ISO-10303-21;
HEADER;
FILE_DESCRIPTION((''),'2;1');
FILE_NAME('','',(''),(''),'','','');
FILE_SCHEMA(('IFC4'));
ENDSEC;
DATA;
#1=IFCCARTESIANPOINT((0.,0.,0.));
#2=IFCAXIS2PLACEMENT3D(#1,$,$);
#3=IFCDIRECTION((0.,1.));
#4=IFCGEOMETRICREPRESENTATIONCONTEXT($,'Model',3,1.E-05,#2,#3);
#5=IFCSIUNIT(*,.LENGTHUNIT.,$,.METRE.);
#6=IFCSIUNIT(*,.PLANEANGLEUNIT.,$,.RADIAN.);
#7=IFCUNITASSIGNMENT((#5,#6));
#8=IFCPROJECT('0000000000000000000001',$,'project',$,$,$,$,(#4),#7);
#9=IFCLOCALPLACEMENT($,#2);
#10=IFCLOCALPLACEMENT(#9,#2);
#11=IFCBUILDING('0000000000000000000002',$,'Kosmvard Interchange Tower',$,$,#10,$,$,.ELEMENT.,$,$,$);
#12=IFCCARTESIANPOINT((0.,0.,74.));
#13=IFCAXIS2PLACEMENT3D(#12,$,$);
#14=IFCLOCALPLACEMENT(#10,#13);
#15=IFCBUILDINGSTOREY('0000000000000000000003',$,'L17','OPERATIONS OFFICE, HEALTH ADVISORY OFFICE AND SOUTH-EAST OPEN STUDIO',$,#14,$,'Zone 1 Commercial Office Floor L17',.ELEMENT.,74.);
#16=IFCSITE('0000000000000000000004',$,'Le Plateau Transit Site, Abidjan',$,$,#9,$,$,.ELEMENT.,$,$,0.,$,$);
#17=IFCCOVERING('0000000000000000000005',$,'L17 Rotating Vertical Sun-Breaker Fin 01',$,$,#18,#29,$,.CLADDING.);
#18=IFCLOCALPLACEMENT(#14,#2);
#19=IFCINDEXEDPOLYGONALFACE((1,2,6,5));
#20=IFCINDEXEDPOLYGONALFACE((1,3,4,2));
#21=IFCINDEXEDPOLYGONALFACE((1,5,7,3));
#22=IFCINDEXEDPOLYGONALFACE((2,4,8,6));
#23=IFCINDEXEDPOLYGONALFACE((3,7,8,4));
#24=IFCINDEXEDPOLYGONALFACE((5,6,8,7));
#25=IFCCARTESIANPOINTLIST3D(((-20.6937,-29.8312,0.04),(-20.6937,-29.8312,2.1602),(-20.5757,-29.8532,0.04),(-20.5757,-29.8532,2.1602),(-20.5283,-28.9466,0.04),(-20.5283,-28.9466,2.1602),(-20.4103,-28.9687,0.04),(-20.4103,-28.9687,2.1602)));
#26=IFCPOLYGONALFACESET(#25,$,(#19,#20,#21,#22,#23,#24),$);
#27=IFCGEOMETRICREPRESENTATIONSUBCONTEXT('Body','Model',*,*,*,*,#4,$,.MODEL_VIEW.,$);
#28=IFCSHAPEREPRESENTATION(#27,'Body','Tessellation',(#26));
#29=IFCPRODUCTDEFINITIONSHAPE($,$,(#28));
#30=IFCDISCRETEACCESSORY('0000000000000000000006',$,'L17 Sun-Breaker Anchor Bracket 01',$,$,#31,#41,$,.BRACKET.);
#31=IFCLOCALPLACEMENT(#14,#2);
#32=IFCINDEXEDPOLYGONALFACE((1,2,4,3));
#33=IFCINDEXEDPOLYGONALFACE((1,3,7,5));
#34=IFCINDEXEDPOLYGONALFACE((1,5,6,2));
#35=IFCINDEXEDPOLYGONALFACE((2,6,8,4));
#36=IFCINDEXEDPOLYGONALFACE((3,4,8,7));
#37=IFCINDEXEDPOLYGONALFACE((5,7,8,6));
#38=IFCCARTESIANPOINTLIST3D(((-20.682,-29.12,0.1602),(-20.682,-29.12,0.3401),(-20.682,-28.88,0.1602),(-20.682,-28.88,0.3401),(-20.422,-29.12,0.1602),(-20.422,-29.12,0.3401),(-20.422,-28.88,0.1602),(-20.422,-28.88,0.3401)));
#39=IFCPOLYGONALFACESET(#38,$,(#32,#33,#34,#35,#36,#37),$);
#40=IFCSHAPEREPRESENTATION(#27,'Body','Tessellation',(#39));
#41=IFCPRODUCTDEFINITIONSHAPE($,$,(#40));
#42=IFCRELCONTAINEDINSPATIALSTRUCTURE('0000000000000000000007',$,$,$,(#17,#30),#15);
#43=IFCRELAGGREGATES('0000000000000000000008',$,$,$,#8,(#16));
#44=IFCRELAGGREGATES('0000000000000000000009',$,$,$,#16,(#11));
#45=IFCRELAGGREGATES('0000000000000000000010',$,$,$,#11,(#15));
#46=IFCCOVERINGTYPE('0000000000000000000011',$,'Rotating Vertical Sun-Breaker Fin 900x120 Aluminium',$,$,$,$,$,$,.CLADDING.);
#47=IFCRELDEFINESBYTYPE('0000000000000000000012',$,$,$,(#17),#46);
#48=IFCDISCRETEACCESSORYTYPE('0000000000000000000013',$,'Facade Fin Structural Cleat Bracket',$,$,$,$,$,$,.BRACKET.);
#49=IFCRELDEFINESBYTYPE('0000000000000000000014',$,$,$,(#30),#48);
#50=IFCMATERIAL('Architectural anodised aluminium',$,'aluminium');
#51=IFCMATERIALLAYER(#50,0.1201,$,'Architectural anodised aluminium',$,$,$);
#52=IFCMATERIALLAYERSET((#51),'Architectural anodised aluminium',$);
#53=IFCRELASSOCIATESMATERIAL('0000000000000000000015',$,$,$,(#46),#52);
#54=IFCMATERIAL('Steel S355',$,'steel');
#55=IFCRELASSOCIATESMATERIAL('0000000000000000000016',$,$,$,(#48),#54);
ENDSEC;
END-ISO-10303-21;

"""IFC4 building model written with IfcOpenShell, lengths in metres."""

from ifc_helpers import new_model, si_unit, direction, frame, origin, origin_2d, place, context, subcontext, project, spatial, rectangle, extrude, source, transform, mapped, material, layer, layer_set, type_object, element, save


model = new_model("IFC4")

# Units and contexts
model_context = context("Model", 3, precision=1e-05, world=origin(), true_north=direction((0.0, 1.0)))
body_context = subcontext(model_context, "Body", "Model", "MODEL_VIEW")
ifc_project = project(units=[si_unit("LENGTHUNIT", "METRE"), si_unit("PLANEANGLEUNIT", "RADIAN")], contexts=[model_context])

# Site, building, storey
site_placement = place(None, origin())
site = spatial("IfcSite", under=ifc_project, at=site_placement, Name="Le Plateau Transit Site, Abidjan", CompositionType="ELEMENT", RefElevation=0.0)
building_placement = place(site_placement, origin())
building = spatial("IfcBuilding", under=site, at=building_placement, Name="Kosmvard Interchange Tower", CompositionType="ELEMENT")
storey_placement = place(building_placement, frame((0.0, 0.0, 74.0)))
storey = spatial("IfcBuildingStorey", under=building, at=storey_placement, Name="L17", Description="OPERATIONS OFFICE, HEALTH ADVISORY OFFICE AND SOUTH-EAST OPEN STUDIO", LongName="Zone 1 Commercial Office Floor L17", CompositionType="ELEMENT", Elevation=74.0)

# Shared definitions
ifc_material_1 = material(Name="Steel S355", Category="steel")

# Covering
ifc_material_2 = material(Name="Architectural anodised aluminium", Category="aluminium")
ifc_layer_1 = layer(ifc_material_2, 0.1201, Name="Architectural anodised aluminium")
ifc_layer_set_1 = layer_set([ifc_layer_1], Name="Architectural anodised aluminium")
covering_type = type_object("IfcCoveringType", Name="Rotating Vertical Sun-Breaker Fin 900x120 Aluminium", PredefinedType="CLADDING", material=ifc_layer_set_1)
shared_shape_1 = source(origin(), body_context, "Body", "SweptSolid", [
    extrude(rectangle(XDim=0.8999, YDim=0.1201, at=origin_2d()), origin(), (0.0, 0.0, 1.0), 2.1201),
])
covering_placement = place(storey_placement, frame((-20.552, -29.3999, 0.04), z_axis=(0.0, 0.0, 1.0), x_axis=(-0.18378, -0.982967, 0.0)))
element("IfcCovering", 1, at=covering_placement, inside=storey, type_object=covering_type, Name="L17 Rotating Vertical Sun-Breaker Fin 01", PredefinedType="CLADDING", context=body_context, shape_type="MappedRepresentation", body=[
    mapped(shared_shape_1, transform((0.0, 0.0, 0.0), scale=1.0)),
])

# Discrete accessory
discrete_accessory_type = type_object("IfcDiscreteAccessoryType", Name="Facade Fin Structural Cleat Bracket", PredefinedType="BRACKET", material=ifc_material_1)
shared_shape_2 = source(origin(), body_context, "Body", "SweptSolid", [
    extrude(rectangle(XDim=0.24, YDim=0.26, at=origin_2d()), origin(), (0.0, 0.0, 1.0), 0.1799),
])
discrete_accessory_placement = place(storey_placement, frame((-20.552, -29.0, 0.1602), z_axis=(0.0, 0.0, 1.0), x_axis=(0.0, -1.0, 0.0)))
element("IfcDiscreteAccessory", 2, at=discrete_accessory_placement, inside=storey, type_object=discrete_accessory_type, Name="L17 Sun-Breaker Anchor Bracket 01", PredefinedType="BRACKET", context=body_context, shape_type="MappedRepresentation", body=[
    mapped(shared_shape_2, transform((0.0, 0.0, 0.0), scale=1.0)),
])

save(model, "model.ifc")
